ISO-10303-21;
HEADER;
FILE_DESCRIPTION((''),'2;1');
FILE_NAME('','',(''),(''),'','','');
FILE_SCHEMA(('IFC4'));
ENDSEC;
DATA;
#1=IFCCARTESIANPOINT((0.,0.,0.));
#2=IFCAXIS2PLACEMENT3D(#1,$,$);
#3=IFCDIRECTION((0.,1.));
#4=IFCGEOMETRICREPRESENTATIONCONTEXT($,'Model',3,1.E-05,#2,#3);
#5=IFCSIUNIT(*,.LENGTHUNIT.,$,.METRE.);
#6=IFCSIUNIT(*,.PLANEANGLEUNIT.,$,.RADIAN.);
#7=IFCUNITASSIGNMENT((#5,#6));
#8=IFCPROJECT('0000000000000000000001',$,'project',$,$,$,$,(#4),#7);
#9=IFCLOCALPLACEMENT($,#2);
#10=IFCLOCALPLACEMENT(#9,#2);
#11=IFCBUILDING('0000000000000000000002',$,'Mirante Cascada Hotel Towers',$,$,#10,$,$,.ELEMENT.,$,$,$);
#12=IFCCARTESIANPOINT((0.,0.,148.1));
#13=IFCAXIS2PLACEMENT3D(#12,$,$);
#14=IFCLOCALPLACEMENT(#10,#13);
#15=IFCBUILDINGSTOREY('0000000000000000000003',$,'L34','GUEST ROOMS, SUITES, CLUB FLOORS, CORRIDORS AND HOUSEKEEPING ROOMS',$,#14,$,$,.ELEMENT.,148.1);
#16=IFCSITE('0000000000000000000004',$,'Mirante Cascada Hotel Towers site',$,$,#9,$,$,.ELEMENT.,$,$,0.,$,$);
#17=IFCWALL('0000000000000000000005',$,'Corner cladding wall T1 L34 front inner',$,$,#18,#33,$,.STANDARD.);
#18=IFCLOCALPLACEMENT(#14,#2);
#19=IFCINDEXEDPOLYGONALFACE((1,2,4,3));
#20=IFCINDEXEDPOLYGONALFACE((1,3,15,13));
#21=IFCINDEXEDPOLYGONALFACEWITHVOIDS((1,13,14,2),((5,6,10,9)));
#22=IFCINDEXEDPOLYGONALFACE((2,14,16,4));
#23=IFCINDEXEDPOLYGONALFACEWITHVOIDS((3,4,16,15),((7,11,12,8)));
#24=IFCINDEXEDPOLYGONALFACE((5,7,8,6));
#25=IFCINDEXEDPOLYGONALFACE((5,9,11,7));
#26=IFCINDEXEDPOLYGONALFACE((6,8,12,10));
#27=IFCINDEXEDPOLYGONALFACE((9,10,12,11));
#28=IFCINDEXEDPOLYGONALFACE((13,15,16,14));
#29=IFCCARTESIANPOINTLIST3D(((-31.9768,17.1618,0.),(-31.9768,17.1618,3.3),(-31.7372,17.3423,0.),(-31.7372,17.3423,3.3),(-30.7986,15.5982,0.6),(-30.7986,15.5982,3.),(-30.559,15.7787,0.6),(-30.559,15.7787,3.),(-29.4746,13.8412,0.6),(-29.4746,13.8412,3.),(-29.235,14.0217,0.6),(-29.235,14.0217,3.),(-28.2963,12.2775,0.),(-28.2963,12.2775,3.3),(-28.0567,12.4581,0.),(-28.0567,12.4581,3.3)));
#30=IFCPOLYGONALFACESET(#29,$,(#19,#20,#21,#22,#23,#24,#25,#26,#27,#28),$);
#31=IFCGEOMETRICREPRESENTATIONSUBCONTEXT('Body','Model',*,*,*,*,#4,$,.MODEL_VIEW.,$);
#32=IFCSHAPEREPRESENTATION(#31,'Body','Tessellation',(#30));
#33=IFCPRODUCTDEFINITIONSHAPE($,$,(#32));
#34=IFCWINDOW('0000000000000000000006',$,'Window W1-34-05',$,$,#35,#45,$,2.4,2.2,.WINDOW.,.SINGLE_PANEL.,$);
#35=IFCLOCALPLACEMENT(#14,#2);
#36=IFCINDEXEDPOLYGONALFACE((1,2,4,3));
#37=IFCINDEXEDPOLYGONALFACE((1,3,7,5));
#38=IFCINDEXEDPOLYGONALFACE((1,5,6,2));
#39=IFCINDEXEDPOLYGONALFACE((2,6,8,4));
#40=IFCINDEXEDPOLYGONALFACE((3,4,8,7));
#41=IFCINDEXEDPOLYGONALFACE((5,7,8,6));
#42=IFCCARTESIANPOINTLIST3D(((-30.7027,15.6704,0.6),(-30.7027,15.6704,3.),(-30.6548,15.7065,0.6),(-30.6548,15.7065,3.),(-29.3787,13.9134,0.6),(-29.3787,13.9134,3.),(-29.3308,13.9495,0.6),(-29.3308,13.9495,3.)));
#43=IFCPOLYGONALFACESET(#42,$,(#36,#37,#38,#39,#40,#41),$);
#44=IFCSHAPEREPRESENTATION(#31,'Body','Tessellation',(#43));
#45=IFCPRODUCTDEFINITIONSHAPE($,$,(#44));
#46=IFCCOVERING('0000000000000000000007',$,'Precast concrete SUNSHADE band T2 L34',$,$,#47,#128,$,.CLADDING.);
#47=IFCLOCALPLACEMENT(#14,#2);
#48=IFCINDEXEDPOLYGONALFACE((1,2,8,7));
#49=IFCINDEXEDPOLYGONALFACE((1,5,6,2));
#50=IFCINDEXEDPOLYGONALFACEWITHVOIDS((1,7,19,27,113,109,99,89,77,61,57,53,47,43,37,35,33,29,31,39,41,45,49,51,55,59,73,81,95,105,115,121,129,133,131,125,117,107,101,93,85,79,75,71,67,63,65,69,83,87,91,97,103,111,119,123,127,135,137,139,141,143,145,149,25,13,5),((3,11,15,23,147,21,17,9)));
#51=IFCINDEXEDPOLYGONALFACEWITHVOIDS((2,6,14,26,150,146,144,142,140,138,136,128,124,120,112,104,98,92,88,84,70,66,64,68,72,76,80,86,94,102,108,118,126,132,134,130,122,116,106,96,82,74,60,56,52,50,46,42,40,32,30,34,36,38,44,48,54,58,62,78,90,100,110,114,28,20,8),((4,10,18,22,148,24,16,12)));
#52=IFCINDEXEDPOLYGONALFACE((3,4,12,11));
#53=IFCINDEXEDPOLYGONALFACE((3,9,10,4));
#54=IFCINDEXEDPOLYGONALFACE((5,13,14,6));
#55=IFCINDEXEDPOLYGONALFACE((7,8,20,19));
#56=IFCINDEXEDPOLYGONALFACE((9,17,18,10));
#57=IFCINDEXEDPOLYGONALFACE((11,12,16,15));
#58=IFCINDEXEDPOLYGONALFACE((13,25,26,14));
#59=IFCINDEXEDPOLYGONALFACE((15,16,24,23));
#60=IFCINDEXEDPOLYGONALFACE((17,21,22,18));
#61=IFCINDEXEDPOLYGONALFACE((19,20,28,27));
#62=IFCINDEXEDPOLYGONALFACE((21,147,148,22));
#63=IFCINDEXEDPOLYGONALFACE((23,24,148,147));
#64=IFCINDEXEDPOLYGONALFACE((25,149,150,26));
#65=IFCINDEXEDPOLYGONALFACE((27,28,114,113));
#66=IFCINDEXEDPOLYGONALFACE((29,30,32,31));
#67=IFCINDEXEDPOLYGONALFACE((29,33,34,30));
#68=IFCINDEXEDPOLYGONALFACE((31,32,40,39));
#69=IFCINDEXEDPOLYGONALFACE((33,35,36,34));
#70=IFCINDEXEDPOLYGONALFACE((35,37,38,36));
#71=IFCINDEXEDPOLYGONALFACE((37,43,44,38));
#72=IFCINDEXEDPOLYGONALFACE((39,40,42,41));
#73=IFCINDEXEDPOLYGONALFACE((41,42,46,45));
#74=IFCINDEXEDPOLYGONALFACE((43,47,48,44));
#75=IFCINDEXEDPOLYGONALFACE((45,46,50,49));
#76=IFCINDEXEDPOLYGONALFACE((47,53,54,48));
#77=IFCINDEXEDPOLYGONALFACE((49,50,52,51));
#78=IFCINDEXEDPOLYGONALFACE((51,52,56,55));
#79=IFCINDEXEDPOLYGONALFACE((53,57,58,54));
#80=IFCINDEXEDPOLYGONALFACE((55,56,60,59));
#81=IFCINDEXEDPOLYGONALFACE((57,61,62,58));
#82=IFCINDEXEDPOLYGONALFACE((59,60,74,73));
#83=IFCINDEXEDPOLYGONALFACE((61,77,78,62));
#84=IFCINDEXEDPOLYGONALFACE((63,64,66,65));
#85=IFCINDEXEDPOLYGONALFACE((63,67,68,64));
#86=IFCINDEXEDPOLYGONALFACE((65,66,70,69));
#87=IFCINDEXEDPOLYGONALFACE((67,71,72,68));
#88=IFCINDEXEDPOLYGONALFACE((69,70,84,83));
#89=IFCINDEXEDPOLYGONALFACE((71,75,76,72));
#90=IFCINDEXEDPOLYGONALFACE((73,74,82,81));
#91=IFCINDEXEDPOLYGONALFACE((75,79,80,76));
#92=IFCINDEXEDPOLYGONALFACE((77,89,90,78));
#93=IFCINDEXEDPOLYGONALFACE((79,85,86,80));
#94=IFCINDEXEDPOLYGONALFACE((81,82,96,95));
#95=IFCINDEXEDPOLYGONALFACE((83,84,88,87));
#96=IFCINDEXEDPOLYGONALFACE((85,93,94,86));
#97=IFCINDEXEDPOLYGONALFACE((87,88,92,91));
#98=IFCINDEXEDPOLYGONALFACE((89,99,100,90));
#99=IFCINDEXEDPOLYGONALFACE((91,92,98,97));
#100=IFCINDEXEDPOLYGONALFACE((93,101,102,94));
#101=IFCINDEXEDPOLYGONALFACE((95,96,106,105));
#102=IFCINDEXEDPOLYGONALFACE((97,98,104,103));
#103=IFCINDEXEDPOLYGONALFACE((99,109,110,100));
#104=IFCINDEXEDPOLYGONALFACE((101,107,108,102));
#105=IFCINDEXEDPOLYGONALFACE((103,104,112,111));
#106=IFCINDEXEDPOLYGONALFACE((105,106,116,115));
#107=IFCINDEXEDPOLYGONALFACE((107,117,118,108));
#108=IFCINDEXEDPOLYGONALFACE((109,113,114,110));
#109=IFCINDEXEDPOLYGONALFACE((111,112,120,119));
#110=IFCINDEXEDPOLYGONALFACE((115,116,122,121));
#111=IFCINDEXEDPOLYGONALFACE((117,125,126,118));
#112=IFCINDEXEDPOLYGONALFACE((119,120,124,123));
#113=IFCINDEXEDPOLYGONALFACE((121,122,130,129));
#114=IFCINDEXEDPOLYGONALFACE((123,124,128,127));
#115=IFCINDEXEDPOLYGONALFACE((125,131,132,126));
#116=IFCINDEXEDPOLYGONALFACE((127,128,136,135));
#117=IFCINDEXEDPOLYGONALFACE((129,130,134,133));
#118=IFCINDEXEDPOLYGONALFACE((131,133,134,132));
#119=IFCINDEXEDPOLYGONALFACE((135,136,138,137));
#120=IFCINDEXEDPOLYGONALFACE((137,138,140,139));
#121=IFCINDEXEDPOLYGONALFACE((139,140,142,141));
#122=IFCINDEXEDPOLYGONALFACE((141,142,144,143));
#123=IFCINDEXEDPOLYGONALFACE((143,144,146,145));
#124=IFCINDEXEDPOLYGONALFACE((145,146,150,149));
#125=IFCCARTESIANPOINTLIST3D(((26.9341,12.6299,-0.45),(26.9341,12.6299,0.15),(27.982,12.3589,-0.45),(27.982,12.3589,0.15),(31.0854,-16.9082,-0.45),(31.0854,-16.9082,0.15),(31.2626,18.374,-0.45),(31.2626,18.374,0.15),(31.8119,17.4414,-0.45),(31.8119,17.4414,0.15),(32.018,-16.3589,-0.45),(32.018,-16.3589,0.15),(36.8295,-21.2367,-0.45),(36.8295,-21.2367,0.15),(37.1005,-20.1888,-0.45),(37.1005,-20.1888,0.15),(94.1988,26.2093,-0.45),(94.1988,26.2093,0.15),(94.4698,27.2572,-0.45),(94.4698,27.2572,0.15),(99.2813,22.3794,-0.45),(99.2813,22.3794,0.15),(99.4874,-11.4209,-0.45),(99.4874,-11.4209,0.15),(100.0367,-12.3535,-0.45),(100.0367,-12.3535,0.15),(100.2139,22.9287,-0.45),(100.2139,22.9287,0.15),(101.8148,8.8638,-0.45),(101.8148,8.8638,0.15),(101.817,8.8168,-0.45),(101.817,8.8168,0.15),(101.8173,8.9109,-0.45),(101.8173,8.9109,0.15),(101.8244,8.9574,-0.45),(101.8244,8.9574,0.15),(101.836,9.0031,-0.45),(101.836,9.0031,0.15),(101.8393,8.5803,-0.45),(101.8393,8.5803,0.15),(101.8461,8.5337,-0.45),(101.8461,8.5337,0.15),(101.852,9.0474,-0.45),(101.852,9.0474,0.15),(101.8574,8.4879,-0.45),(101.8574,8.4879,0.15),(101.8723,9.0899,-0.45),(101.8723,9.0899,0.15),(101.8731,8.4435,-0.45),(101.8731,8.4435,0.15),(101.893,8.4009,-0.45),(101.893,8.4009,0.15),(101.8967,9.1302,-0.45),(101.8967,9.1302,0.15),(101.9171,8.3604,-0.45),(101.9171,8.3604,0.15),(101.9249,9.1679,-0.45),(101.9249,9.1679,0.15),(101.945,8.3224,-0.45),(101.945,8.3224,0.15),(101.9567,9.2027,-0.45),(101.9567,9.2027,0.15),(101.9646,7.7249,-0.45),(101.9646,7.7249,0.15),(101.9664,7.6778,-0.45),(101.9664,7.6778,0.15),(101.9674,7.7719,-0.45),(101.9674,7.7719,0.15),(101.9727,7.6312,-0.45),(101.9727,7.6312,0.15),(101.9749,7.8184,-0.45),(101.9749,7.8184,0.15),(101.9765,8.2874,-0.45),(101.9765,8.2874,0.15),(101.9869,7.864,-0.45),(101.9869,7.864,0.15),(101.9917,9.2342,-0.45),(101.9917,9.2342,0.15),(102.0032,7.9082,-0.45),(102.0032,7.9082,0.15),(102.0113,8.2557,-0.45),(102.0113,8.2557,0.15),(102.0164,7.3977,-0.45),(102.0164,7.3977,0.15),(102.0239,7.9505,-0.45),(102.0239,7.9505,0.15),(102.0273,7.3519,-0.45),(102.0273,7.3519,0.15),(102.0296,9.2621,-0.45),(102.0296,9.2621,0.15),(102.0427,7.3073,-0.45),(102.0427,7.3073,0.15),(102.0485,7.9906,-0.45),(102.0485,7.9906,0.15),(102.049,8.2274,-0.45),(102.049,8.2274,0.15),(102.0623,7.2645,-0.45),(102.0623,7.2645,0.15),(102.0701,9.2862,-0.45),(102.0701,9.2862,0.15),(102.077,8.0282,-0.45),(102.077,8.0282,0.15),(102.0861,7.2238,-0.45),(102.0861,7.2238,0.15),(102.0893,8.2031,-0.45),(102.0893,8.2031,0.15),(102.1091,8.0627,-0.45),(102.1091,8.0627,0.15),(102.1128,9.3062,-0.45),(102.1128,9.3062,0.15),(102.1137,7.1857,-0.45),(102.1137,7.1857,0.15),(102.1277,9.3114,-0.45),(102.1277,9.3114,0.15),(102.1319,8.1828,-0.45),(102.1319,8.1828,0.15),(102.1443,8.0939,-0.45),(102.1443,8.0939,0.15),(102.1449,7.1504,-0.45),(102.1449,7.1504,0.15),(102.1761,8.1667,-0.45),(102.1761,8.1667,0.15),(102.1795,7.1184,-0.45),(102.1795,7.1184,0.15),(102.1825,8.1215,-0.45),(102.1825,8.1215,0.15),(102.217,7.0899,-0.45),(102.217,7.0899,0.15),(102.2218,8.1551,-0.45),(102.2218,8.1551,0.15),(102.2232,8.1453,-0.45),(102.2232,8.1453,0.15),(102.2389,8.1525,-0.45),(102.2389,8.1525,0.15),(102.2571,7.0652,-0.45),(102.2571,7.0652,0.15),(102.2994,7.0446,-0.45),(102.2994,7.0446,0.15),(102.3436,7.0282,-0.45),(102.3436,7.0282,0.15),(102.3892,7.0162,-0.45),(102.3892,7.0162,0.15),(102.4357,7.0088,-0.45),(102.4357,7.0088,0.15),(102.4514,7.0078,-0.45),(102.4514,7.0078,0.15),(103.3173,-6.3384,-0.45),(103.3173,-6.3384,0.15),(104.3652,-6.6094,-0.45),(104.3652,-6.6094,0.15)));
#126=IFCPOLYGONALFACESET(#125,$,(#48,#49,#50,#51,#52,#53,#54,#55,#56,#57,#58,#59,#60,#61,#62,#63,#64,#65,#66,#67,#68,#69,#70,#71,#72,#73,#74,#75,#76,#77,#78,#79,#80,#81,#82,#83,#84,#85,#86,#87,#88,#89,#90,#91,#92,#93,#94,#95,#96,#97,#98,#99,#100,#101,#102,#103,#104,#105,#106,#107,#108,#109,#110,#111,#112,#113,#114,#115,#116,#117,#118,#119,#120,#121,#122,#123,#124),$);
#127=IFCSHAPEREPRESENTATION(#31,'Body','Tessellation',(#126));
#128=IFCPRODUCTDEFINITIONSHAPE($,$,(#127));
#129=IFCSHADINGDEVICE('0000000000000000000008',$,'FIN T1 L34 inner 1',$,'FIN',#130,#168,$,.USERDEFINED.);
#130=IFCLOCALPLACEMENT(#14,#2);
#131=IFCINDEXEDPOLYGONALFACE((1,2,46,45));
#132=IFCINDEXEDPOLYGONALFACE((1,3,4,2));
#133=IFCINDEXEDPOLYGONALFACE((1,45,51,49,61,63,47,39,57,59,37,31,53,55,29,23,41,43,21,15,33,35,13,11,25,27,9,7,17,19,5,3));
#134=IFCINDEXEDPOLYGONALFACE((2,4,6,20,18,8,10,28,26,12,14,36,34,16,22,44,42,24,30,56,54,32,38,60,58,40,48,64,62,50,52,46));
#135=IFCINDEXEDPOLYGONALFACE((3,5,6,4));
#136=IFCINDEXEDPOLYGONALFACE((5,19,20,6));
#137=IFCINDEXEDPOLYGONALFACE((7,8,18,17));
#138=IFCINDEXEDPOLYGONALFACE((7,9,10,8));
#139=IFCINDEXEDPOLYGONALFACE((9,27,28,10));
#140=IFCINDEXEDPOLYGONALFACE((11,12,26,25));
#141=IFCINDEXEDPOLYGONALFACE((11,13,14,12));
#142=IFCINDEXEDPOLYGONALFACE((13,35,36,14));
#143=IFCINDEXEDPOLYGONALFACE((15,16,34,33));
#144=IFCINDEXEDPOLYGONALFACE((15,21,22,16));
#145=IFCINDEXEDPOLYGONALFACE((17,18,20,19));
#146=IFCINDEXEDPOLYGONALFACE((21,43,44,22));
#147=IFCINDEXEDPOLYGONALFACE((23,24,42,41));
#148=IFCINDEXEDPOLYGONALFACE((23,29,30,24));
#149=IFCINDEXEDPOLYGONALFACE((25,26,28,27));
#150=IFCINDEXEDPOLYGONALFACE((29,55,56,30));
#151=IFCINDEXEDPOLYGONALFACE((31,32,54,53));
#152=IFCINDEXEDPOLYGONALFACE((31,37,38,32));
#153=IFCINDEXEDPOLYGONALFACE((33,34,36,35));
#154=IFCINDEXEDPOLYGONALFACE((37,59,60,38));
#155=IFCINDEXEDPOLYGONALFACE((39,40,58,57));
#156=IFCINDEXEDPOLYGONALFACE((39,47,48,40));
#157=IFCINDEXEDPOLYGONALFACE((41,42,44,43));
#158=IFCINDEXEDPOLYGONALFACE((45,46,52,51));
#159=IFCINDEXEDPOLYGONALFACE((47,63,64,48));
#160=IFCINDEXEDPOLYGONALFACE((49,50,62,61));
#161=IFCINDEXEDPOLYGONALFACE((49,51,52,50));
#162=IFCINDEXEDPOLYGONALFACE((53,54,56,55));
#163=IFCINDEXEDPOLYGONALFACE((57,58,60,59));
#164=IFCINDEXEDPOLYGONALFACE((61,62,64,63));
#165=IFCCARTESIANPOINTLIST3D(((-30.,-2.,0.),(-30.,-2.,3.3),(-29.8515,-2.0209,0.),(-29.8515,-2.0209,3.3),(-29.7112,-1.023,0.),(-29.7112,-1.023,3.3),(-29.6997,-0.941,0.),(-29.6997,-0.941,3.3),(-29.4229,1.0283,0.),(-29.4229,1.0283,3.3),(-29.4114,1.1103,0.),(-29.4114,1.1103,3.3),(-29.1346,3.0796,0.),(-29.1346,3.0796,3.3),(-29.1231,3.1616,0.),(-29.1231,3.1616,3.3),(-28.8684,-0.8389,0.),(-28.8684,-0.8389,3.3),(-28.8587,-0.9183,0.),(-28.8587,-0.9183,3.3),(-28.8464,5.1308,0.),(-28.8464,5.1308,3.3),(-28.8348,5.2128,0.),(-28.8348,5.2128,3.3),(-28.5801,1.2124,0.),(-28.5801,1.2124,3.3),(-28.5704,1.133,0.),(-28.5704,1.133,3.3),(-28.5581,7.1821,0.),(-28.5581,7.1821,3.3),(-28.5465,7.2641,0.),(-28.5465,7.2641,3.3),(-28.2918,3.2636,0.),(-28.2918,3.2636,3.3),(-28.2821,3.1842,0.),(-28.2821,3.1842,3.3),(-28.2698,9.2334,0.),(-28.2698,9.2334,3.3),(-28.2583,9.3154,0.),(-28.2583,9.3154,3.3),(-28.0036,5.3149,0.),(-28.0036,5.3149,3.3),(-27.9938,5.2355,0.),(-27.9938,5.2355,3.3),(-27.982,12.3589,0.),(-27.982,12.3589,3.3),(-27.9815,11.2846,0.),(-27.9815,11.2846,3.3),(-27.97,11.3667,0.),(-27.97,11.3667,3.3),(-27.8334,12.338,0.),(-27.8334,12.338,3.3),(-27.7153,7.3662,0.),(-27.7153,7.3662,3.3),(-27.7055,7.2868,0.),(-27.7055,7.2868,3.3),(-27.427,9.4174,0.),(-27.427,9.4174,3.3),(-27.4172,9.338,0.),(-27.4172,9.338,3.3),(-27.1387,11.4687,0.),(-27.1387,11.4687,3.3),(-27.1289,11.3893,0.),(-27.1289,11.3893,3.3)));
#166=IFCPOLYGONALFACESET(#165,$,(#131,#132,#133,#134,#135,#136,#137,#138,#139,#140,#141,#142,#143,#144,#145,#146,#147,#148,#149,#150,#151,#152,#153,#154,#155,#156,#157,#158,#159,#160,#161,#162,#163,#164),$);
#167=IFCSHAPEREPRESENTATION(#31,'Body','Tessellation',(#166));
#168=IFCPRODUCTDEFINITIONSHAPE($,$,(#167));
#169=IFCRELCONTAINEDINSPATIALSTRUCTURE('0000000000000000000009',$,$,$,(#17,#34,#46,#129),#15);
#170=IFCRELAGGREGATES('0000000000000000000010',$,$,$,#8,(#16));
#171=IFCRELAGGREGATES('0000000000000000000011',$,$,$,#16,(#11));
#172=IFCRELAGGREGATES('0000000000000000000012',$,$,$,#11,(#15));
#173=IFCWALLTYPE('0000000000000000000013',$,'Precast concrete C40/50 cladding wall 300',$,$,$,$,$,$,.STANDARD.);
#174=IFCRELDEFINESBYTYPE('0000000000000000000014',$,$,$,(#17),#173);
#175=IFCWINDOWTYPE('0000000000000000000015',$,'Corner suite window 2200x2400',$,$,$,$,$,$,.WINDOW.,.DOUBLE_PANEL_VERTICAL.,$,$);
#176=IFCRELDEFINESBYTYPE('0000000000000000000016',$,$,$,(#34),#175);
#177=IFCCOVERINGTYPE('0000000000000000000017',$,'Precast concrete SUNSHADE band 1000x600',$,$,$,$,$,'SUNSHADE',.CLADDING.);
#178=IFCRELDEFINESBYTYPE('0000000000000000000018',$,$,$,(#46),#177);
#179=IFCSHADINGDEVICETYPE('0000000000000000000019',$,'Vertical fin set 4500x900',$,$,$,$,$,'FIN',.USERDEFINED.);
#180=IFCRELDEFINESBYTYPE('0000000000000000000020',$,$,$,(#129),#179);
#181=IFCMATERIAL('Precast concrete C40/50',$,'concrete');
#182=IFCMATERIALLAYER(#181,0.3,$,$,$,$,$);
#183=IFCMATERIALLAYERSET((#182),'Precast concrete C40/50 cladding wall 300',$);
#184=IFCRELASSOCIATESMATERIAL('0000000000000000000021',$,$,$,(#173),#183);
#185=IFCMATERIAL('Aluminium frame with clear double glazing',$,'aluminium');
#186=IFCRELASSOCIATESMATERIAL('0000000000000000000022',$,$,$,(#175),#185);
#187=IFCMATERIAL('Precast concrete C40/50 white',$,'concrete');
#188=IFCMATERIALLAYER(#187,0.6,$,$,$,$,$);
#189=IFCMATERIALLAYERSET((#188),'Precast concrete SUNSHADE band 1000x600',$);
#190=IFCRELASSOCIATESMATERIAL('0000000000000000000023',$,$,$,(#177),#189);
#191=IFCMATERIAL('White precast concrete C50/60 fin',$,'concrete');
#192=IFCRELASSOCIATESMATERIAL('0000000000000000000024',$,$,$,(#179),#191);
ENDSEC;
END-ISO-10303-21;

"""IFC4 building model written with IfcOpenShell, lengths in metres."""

from ifc_helpers import new_model, si_unit, direction, frame, frame_2d, origin, place, context, subcontext, project, spatial, polyline, rectangle, outline, extrude, material, layer, layer_set, type_object, element, fill, save


model = new_model("IFC4")

# Units and contexts
model_context = context("Model", 3, precision=1e-05, world=origin(), true_north=direction((0.0, 1.0)))
body_context = subcontext(model_context, "Body", "Model", "MODEL_VIEW")
ifc_project = project(units=[si_unit("LENGTHUNIT", "METRE"), si_unit("PLANEANGLEUNIT", "RADIAN")], contexts=[model_context])

# Site, building, storey
site_placement = place(None, origin())
site = spatial("IfcSite", under=ifc_project, at=site_placement, Name="Mirante Cascada Hotel Towers site", CompositionType="ELEMENT", RefElevation=0.0)
building_placement = place(site_placement, origin())
building = spatial("IfcBuilding", under=site, at=building_placement, Name="Mirante Cascada Hotel Towers", CompositionType="ELEMENT")
storey_placement = place(building_placement, frame((0.0, 0.0, 148.1)))
storey = spatial("IfcBuildingStorey", under=building, at=storey_placement, Name="L34", Description="GUEST ROOMS, SUITES, CLUB FLOORS, CORRIDORS AND HOUSEKEEPING ROOMS", CompositionType="ELEMENT", Elevation=148.1)

# Wall, opening, window
ifc_material_1 = material(Name="Precast concrete C40/50", Category="concrete")
ifc_layer_1 = layer(ifc_material_1, 0.3)
ifc_layer_set_1 = layer_set([ifc_layer_1], Name="Precast concrete C40/50 cladding wall 300")
wall_type_1 = type_object("IfcWallType", Name="Precast concrete C40/50 cladding wall 300", PredefinedType="STANDARD", material=ifc_layer_set_1)
wall_1_placement = place(storey_placement, frame((-31.857, 17.252, 0.0), z_axis=(0.0, 0.0, 1.0), x_axis=(0.601814, -0.798636, 0.0)))
wall_1 = element("IfcWall", 1, at=wall_1_placement, inside=storey, type_object=wall_type_1, Name="Corner cladding wall T1 L34 front inner", PredefinedType="STANDARD", context=body_context, shape_type="SweptSolid", body=[
    extrude(rectangle(XDim=6.1157, YDim=0.3, at=frame_2d((3.0578, 0.0))), origin(), (0.0, 0.0, 1.0), 3.3),
])
opening_1_placement = place(wall_1_placement, frame((1.9578, 0.0, 0.6)))
opening_1 = element("IfcOpeningElement", 2, at=opening_1_placement, cuts=wall_1, PredefinedType="OPENING", context=body_context, shape_type="SweptSolid", body=[
    extrude(rectangle(XDim=2.2, YDim=2.4, at=frame_2d((1.1, 1.2))), frame((0.0, 0.15, 0.0), z_axis=(0.0, -1.0, 0.0), x_axis=(1.0, 0.0, 0.0)), (0.0, 0.0, 1.0), 0.3),
])
ifc_material_2 = material(Name="Aluminium frame with clear double glazing", Category="aluminium")
window_type = type_object("IfcWindowType", Name="Corner suite window 2200x2400", PartitioningType="DOUBLE_PANEL_VERTICAL", PredefinedType="WINDOW", material=ifc_material_2)
window_placement = place(opening_1_placement, origin())
window = element("IfcWindow", 3, at=window_placement, inside=storey, type_object=window_type, Name="Window W1-34-05", OverallHeight=2.4, OverallWidth=2.2, PartitioningType="SINGLE_PANEL", PredefinedType="WINDOW", context=body_context, shape_type="SweptSolid", body=[
    extrude(rectangle(XDim=2.2, YDim=2.4, at=frame_2d((1.1, 1.2))), frame((0.0, 0.03, 0.0), z_axis=(0.0, -1.0, 0.0), x_axis=(1.0, 0.0, 0.0)), (0.0, 0.0, 1.0), 0.06),
])
fill(opening_1, window)

# Covering
ifc_material_3 = material(Name="Precast concrete C40/50 white", Category="concrete")
ifc_layer_2 = layer(ifc_material_3, 0.6)
ifc_layer_set_2 = layer_set([ifc_layer_2], Name="Precast concrete SUNSHADE band 1000x600")
covering_type = type_object("IfcCoveringType", Name="Precast concrete SUNSHADE band 1000x600", ElementType="SUNSHADE", PredefinedType="CLADDING", material=ifc_layer_set_2)
covering_placement = place(storey_placement, frame((0.0, 0.0, -0.45)))
element("IfcCovering", 4, at=covering_placement, inside=storey, type_object=covering_type, Name="Precast concrete SUNSHADE band T2 L34", PredefinedType="CLADDING", context=body_context, shape_type="SweptSolid", body=[
    extrude(outline(polyline([(26.9341, 12.6299), (31.2626, 18.374), (94.4698, 27.2572), (100.2139, 22.9287), (102.1277, 9.3114), (102.1128, 9.3062), (102.0701, 9.2862), (102.0296, 9.2621), (101.9917, 9.2342), (101.9567, 9.2027), (101.9249, 9.1679), (101.8967, 9.1302), (101.8723, 9.0899), (101.852, 9.0474), (101.836, 9.0031), (101.8244, 8.9574), (101.8173, 8.9109), (101.8148, 8.8638), (101.817, 8.8168), (101.8393, 8.5803), (101.8461, 8.5337), (101.8574, 8.4879), (101.8731, 8.4435), (101.893, 8.4009), (101.9171, 8.3604), (101.945, 8.3224), (101.9765, 8.2874), (102.0113, 8.2557), (102.049, 8.2274), (102.0893, 8.2031), (102.1319, 8.1828), (102.1761, 8.1667), (102.2218, 8.1551), (102.2389, 8.1525), (102.2232, 8.1453), (102.1825, 8.1215), (102.1443, 8.0939), (102.1091, 8.0627), (102.077, 8.0282), (102.0485, 7.9906), (102.0239, 7.9505), (102.0032, 7.9082), (101.9869, 7.864), (101.9749, 7.8184), (101.9674, 7.7719), (101.9646, 7.7249), (101.9664, 7.6778), (101.9727, 7.6312), (102.0164, 7.3977), (102.0273, 7.3519), (102.0427, 7.3073), (102.0623, 7.2645), (102.0861, 7.2238), (102.1137, 7.1857), (102.1449, 7.1504), (102.1795, 7.1184), (102.217, 7.0899), (102.2571, 7.0652), (102.2994, 7.0446), (102.3436, 7.0282), (102.3892, 7.0162), (102.4357, 7.0088), (102.4514, 7.0078), (104.3652, -6.6094), (100.0367, -12.3535), (36.8295, -21.2367), (31.0854, -16.9082), (26.9341, 12.6299)]), holes=[polyline([(103.3173, -6.3384), (99.2813, 22.3794), (94.1988, 26.2093), (31.8119, 17.4414), (27.982, 12.3589), (32.018, -16.3589), (37.1005, -20.1888), (99.4874, -11.4209), (103.3173, -6.3384)])]), origin(), (0.0, 0.0, 1.0), 0.6),
])

# Shading device
ifc_material_4 = material(Name="White precast concrete C50/60 fin", Category="concrete")
shading_device_type = type_object("IfcShadingDeviceType", Name="Vertical fin set 4500x900", ElementType="FIN", PredefinedType="USERDEFINED", material=ifc_material_4)
shading_device_1_placement = place(storey_placement, origin())
element("IfcShadingDevice", 5, at=shading_device_1_placement, inside=storey, type_object=shading_device_type, Name="FIN T1 L34 inner 1", ObjectType="FIN", PredefinedType="USERDEFINED", context=body_context, shape_type="SweptSolid", body=[
    extrude(outline(polyline([(-29.7112, -1.023), (-29.8515, -2.0209), (-30.0, -2.0), (-27.982, 12.3589), (-27.8334, 12.338), (-27.97, 11.3667), (-27.1387, 11.4687), (-27.1289, 11.3893), (-27.9815, 11.2846), (-28.2583, 9.3154), (-27.427, 9.4174), (-27.4172, 9.338), (-28.2698, 9.2334), (-28.5465, 7.2641), (-27.7153, 7.3662), (-27.7055, 7.2868), (-28.5581, 7.1821), (-28.8348, 5.2128), (-28.0036, 5.3149), (-27.9938, 5.2355), (-28.8464, 5.1308), (-29.1231, 3.1616), (-28.2918, 3.2636), (-28.2821, 3.1842), (-29.1346, 3.0796), (-29.4114, 1.1103), (-28.5801, 1.2124), (-28.5704, 1.133), (-29.4229, 1.0283), (-29.6997, -0.941), (-28.8684, -0.8389), (-28.8587, -0.9183), (-29.7112, -1.023)])), origin(), (0.0, 0.0, 1.0), 3.3),
])

save(model, "model.ifc")
